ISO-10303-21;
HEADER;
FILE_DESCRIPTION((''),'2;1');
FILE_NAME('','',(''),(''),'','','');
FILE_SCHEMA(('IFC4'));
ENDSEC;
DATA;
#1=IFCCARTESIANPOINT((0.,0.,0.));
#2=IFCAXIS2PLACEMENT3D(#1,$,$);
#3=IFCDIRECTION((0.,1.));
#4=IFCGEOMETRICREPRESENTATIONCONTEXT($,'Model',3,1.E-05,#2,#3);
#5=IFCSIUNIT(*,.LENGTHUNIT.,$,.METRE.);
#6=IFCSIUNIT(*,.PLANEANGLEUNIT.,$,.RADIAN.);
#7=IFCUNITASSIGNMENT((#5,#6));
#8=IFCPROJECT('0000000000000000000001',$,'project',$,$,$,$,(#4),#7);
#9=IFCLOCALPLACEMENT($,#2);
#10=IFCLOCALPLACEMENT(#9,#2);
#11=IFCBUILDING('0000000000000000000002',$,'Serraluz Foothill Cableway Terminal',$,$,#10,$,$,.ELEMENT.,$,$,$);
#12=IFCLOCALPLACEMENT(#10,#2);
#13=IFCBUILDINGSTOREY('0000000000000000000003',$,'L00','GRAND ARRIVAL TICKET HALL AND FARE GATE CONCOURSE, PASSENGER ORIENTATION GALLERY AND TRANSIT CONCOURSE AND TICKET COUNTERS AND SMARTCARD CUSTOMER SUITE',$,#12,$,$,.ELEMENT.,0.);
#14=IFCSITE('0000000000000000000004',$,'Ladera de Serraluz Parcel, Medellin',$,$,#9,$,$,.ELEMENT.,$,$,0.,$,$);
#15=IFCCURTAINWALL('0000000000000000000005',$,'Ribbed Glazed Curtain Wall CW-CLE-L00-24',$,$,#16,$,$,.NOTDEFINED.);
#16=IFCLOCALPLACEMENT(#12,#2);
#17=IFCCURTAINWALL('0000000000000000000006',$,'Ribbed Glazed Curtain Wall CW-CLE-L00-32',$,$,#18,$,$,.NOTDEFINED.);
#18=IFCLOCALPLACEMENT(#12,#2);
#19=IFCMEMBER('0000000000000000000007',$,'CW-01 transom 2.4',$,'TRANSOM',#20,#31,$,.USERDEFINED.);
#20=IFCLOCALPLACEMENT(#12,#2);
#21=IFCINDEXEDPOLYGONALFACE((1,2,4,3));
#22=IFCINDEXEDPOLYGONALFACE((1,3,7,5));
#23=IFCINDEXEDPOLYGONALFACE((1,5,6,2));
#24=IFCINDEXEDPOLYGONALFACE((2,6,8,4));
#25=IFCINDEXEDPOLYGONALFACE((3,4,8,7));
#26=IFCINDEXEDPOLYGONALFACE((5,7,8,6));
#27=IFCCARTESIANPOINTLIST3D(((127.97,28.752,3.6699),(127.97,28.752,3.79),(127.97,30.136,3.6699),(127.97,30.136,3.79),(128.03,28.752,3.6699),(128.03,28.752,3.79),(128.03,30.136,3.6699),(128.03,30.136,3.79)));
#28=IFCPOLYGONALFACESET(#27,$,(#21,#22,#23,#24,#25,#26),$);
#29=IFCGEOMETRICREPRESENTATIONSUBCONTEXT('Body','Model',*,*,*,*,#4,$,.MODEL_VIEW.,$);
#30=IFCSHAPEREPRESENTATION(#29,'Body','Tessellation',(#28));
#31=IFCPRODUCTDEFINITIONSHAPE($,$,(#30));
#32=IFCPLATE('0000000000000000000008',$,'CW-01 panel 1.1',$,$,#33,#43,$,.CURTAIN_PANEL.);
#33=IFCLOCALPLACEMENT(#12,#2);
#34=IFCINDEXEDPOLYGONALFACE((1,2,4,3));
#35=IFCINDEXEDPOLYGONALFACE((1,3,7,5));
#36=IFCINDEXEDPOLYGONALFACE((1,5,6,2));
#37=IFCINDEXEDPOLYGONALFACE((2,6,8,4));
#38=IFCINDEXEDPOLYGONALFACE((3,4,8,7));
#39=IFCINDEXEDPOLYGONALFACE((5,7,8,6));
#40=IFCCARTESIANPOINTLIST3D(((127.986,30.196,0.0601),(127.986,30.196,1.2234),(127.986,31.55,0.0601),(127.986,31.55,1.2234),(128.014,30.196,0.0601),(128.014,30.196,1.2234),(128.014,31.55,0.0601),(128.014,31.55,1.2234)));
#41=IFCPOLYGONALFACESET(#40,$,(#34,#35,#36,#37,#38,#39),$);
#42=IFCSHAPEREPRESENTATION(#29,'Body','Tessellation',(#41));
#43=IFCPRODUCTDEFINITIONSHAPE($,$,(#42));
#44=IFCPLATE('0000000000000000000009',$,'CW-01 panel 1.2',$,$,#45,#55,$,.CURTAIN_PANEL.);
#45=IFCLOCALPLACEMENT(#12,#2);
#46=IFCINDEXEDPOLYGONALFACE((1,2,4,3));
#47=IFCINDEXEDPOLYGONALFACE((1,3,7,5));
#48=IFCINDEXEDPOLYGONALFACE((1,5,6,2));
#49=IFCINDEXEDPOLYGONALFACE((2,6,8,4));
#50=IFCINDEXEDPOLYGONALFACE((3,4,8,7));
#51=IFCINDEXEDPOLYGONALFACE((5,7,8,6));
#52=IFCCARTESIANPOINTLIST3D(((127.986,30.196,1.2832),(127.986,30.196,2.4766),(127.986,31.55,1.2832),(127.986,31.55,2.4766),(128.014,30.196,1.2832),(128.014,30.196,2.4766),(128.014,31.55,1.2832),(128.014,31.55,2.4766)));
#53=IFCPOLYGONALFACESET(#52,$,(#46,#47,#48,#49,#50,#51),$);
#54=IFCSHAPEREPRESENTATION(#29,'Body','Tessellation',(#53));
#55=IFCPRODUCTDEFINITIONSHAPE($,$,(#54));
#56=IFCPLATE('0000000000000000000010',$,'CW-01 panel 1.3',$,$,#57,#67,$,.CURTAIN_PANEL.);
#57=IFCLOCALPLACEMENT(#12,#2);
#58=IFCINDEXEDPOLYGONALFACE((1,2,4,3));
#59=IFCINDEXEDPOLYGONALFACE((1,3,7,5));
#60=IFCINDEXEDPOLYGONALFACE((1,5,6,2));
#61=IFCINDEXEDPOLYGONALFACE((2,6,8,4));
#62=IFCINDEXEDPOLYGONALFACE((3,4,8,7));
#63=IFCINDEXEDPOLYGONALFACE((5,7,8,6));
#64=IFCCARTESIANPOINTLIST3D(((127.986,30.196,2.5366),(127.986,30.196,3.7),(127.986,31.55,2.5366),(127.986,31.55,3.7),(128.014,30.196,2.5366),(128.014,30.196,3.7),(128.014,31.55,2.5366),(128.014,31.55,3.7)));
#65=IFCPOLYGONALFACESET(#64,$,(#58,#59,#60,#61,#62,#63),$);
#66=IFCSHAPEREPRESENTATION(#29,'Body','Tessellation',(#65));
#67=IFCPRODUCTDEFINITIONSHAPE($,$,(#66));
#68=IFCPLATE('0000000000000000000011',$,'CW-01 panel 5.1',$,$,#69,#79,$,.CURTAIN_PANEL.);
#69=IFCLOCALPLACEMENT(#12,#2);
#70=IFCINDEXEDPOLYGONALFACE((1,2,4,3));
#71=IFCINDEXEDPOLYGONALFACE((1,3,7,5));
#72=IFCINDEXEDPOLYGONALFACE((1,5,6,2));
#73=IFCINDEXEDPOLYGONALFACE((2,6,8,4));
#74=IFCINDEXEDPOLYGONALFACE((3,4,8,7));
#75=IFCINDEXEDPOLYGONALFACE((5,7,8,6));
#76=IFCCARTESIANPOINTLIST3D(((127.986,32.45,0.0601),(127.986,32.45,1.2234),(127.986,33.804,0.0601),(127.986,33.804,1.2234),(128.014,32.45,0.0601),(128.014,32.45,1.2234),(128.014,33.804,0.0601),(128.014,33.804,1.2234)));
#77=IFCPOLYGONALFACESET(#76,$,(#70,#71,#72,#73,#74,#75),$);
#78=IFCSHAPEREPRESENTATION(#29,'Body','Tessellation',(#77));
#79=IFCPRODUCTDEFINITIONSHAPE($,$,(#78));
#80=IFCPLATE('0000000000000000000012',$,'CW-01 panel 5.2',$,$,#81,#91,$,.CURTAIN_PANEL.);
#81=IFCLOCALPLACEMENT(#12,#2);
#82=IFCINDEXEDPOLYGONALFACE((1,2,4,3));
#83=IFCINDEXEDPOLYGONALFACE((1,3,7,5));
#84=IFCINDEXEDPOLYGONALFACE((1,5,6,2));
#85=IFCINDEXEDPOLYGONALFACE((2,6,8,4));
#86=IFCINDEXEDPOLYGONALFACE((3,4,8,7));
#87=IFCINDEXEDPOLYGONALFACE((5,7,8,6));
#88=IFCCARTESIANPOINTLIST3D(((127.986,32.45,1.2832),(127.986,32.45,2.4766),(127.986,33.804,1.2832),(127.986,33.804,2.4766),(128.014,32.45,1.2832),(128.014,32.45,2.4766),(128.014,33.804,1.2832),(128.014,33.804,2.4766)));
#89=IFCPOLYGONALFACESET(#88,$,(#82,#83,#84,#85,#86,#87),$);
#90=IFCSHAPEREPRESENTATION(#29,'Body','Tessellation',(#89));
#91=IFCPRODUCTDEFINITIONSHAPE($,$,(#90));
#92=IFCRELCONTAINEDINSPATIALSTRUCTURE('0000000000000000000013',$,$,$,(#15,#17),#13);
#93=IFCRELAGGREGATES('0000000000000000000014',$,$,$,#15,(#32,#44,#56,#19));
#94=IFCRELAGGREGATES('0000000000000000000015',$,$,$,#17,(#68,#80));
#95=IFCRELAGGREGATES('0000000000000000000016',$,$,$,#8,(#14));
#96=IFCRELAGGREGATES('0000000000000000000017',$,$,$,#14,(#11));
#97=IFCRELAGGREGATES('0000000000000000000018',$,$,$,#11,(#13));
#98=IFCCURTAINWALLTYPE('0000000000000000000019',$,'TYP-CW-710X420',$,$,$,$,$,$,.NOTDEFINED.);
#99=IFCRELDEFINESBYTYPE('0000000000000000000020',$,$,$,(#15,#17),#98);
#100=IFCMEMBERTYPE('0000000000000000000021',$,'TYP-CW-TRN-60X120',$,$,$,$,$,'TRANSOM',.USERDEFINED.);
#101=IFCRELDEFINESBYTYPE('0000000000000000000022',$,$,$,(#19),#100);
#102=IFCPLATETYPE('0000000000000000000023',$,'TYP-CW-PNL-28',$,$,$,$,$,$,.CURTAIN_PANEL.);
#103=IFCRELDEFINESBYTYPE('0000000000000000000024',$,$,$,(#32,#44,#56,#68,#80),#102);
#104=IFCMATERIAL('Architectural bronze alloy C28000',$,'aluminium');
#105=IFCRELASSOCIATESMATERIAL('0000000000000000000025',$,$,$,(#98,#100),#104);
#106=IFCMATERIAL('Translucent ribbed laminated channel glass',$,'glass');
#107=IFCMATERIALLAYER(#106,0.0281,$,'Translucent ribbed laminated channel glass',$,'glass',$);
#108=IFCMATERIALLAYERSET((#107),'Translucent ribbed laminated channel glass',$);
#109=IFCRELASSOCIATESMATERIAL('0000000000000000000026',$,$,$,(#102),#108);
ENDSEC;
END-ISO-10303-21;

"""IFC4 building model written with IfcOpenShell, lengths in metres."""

from ifc_helpers import new_model, si_unit, direction, frame, origin, origin_2d, place, context, subcontext, project, spatial, rectangle, extrude, material, layer, layer_set, material_profile, profile_set, type_object, element, aggregate, save


model = new_model("IFC4")

# Units and contexts
model_context = context("Model", 3, precision=1e-05, world=origin(), true_north=direction((0.0, 1.0)))
body_context = subcontext(model_context, "Body", "Model", "MODEL_VIEW")
ifc_project = project(units=[si_unit("LENGTHUNIT", "METRE"), si_unit("PLANEANGLEUNIT", "RADIAN")], contexts=[model_context])

# Site, building, storey
site_placement = place(None, origin())
site = spatial("IfcSite", under=ifc_project, at=site_placement, Name="Ladera de Serraluz Parcel, Medellin", CompositionType="ELEMENT", RefElevation=0.0)
building_placement = place(site_placement, origin())
building = spatial("IfcBuilding", under=site, at=building_placement, Name="Serraluz Foothill Cableway Terminal", CompositionType="ELEMENT")
storey_placement = place(building_placement, origin())
storey = spatial("IfcBuildingStorey", under=building, at=storey_placement, Name="L00", Description="GRAND ARRIVAL TICKET HALL AND FARE GATE CONCOURSE, PASSENGER ORIENTATION GALLERY AND TRANSIT CONCOURSE AND TICKET COUNTERS AND SMARTCARD CUSTOMER SUITE", CompositionType="ELEMENT", Elevation=0.0)

# Curtain wall
ifc_material_1 = material(Name="Architectural bronze alloy C28000", Category="aluminium")
curtain_wall_type = type_object("IfcCurtainWallType", Name="TYP-CW-710X420", PredefinedType="NOTDEFINED", material=ifc_material_1)
curtain_wall_1_placement = place(storey_placement, origin())
curtain_wall_1 = element("IfcCurtainWall", 1, at=curtain_wall_1_placement, inside=storey, type_object=curtain_wall_type, Name="Ribbed Glazed Curtain Wall CW-CLE-L00-24", PredefinedType="NOTDEFINED")

# Curtain wall
curtain_wall_2_placement = place(storey_placement, origin())
curtain_wall_2 = element("IfcCurtainWall", 2, at=curtain_wall_2_placement, inside=storey, type_object=curtain_wall_type, Name="Ribbed Glazed Curtain Wall CW-CLE-L00-32", PredefinedType="NOTDEFINED")

# Member
ifc_material_profile_1 = material_profile(ifc_material_1, rectangle(XDim=0.0601, YDim=0.1201, at=origin_2d()), Name="ALU TRANSOM 60x120")
ifc_profile_set_1 = profile_set([ifc_material_profile_1], Name="Architectural bronze alloy C28000")
member_type_1 = type_object("IfcMemberType", Name="TYP-CW-TRN-60X120", ElementType="TRANSOM", PredefinedType="USERDEFINED", material=ifc_profile_set_1)
member_1_placement = place(storey_placement, frame((128.0, 30.136, 3.73), z_axis=(0.0, -1.0, 0.0), x_axis=(1.0, 0.0, 0.0)))
member_1 = element("IfcMember", 3, at=member_1_placement, type_object=member_type_1, Name="CW-01 transom 2.4", ObjectType="TRANSOM", PredefinedType="USERDEFINED", context=body_context, shape_type="SweptSolid", body=[
    extrude(rectangle(XDim=0.0601, YDim=0.1201, at=origin_2d()), origin(), (0.0, 0.0, 1.0), 1.384),
])

# Plates
ifc_material_2 = material(Name="Translucent ribbed laminated channel glass", Category="glass")
ifc_layer = layer(ifc_material_2, 0.0281, Name="Translucent ribbed laminated channel glass", Category="glass")
ifc_layer_set = layer_set([ifc_layer], Name="Translucent ribbed laminated channel glass")
plate_type = type_object("IfcPlateType", Name="TYP-CW-PNL-28", PredefinedType="CURTAIN_PANEL", material=ifc_layer_set)
plate_1_placement = place(storey_placement, frame((128.0, 30.873, 0.0601), z_axis=(0.0, 0.0, 1.0), x_axis=(0.0, -1.0, 0.0)))
plate_1 = element("IfcPlate", 4, at=plate_1_placement, type_object=plate_type, Name="CW-01 panel 1.1", PredefinedType="CURTAIN_PANEL", context=body_context, shape_type="SweptSolid", body=[
    extrude(rectangle(XDim=1.354, YDim=0.0281, at=origin_2d()), origin(), (0.0, 0.0, 1.0), 1.1633),
])
plate_2_placement = place(storey_placement, frame((128.0, 30.873, 1.2832), z_axis=(0.0, 0.0, 1.0), x_axis=(0.0, -1.0, 0.0)))
plate_2 = element("IfcPlate", 5, at=plate_2_placement, type_object=plate_type, Name="CW-01 panel 1.2", PredefinedType="CURTAIN_PANEL", context=body_context, shape_type="SweptSolid", body=[
    extrude(rectangle(XDim=1.354, YDim=0.0281, at=origin_2d()), origin(), (0.0, 0.0, 1.0), 1.1934),
])
plate_3_placement = place(storey_placement, frame((128.0, 30.873, 2.5366), z_axis=(0.0, 0.0, 1.0), x_axis=(0.0, -1.0, 0.0)))
plate_3 = element("IfcPlate", 6, at=plate_3_placement, type_object=plate_type, Name="CW-01 panel 1.3", PredefinedType="CURTAIN_PANEL", context=body_context, shape_type="SweptSolid", body=[
    extrude(rectangle(XDim=1.354, YDim=0.0281, at=origin_2d()), origin(), (0.0, 0.0, 1.0), 1.1633),
])
aggregate(curtain_wall_1, [plate_1, plate_2, plate_3, member_1])
plate_4_placement = place(storey_placement, frame((128.0, 33.127, 0.0601), z_axis=(0.0, 0.0, 1.0), x_axis=(0.0, -1.0, 0.0)))
plate_4 = element("IfcPlate", 7, at=plate_4_placement, type_object=plate_type, Name="CW-01 panel 5.1", PredefinedType="CURTAIN_PANEL", context=body_context, shape_type="SweptSolid", body=[
    extrude(rectangle(XDim=1.354, YDim=0.0281, at=origin_2d()), origin(), (0.0, 0.0, 1.0), 1.1633),
])
plate_5_placement = place(storey_placement, frame((128.0, 33.127, 1.2832), z_axis=(0.0, 0.0, 1.0), x_axis=(0.0, -1.0, 0.0)))
plate_5 = element("IfcPlate", 8, at=plate_5_placement, type_object=plate_type, Name="CW-01 panel 5.2", PredefinedType="CURTAIN_PANEL", context=body_context, shape_type="SweptSolid", body=[
    extrude(rectangle(XDim=1.354, YDim=0.0281, at=origin_2d()), origin(), (0.0, 0.0, 1.0), 1.1934),
])
aggregate(curtain_wall_2, [plate_4, plate_5])

save(model, "model.ifc")
